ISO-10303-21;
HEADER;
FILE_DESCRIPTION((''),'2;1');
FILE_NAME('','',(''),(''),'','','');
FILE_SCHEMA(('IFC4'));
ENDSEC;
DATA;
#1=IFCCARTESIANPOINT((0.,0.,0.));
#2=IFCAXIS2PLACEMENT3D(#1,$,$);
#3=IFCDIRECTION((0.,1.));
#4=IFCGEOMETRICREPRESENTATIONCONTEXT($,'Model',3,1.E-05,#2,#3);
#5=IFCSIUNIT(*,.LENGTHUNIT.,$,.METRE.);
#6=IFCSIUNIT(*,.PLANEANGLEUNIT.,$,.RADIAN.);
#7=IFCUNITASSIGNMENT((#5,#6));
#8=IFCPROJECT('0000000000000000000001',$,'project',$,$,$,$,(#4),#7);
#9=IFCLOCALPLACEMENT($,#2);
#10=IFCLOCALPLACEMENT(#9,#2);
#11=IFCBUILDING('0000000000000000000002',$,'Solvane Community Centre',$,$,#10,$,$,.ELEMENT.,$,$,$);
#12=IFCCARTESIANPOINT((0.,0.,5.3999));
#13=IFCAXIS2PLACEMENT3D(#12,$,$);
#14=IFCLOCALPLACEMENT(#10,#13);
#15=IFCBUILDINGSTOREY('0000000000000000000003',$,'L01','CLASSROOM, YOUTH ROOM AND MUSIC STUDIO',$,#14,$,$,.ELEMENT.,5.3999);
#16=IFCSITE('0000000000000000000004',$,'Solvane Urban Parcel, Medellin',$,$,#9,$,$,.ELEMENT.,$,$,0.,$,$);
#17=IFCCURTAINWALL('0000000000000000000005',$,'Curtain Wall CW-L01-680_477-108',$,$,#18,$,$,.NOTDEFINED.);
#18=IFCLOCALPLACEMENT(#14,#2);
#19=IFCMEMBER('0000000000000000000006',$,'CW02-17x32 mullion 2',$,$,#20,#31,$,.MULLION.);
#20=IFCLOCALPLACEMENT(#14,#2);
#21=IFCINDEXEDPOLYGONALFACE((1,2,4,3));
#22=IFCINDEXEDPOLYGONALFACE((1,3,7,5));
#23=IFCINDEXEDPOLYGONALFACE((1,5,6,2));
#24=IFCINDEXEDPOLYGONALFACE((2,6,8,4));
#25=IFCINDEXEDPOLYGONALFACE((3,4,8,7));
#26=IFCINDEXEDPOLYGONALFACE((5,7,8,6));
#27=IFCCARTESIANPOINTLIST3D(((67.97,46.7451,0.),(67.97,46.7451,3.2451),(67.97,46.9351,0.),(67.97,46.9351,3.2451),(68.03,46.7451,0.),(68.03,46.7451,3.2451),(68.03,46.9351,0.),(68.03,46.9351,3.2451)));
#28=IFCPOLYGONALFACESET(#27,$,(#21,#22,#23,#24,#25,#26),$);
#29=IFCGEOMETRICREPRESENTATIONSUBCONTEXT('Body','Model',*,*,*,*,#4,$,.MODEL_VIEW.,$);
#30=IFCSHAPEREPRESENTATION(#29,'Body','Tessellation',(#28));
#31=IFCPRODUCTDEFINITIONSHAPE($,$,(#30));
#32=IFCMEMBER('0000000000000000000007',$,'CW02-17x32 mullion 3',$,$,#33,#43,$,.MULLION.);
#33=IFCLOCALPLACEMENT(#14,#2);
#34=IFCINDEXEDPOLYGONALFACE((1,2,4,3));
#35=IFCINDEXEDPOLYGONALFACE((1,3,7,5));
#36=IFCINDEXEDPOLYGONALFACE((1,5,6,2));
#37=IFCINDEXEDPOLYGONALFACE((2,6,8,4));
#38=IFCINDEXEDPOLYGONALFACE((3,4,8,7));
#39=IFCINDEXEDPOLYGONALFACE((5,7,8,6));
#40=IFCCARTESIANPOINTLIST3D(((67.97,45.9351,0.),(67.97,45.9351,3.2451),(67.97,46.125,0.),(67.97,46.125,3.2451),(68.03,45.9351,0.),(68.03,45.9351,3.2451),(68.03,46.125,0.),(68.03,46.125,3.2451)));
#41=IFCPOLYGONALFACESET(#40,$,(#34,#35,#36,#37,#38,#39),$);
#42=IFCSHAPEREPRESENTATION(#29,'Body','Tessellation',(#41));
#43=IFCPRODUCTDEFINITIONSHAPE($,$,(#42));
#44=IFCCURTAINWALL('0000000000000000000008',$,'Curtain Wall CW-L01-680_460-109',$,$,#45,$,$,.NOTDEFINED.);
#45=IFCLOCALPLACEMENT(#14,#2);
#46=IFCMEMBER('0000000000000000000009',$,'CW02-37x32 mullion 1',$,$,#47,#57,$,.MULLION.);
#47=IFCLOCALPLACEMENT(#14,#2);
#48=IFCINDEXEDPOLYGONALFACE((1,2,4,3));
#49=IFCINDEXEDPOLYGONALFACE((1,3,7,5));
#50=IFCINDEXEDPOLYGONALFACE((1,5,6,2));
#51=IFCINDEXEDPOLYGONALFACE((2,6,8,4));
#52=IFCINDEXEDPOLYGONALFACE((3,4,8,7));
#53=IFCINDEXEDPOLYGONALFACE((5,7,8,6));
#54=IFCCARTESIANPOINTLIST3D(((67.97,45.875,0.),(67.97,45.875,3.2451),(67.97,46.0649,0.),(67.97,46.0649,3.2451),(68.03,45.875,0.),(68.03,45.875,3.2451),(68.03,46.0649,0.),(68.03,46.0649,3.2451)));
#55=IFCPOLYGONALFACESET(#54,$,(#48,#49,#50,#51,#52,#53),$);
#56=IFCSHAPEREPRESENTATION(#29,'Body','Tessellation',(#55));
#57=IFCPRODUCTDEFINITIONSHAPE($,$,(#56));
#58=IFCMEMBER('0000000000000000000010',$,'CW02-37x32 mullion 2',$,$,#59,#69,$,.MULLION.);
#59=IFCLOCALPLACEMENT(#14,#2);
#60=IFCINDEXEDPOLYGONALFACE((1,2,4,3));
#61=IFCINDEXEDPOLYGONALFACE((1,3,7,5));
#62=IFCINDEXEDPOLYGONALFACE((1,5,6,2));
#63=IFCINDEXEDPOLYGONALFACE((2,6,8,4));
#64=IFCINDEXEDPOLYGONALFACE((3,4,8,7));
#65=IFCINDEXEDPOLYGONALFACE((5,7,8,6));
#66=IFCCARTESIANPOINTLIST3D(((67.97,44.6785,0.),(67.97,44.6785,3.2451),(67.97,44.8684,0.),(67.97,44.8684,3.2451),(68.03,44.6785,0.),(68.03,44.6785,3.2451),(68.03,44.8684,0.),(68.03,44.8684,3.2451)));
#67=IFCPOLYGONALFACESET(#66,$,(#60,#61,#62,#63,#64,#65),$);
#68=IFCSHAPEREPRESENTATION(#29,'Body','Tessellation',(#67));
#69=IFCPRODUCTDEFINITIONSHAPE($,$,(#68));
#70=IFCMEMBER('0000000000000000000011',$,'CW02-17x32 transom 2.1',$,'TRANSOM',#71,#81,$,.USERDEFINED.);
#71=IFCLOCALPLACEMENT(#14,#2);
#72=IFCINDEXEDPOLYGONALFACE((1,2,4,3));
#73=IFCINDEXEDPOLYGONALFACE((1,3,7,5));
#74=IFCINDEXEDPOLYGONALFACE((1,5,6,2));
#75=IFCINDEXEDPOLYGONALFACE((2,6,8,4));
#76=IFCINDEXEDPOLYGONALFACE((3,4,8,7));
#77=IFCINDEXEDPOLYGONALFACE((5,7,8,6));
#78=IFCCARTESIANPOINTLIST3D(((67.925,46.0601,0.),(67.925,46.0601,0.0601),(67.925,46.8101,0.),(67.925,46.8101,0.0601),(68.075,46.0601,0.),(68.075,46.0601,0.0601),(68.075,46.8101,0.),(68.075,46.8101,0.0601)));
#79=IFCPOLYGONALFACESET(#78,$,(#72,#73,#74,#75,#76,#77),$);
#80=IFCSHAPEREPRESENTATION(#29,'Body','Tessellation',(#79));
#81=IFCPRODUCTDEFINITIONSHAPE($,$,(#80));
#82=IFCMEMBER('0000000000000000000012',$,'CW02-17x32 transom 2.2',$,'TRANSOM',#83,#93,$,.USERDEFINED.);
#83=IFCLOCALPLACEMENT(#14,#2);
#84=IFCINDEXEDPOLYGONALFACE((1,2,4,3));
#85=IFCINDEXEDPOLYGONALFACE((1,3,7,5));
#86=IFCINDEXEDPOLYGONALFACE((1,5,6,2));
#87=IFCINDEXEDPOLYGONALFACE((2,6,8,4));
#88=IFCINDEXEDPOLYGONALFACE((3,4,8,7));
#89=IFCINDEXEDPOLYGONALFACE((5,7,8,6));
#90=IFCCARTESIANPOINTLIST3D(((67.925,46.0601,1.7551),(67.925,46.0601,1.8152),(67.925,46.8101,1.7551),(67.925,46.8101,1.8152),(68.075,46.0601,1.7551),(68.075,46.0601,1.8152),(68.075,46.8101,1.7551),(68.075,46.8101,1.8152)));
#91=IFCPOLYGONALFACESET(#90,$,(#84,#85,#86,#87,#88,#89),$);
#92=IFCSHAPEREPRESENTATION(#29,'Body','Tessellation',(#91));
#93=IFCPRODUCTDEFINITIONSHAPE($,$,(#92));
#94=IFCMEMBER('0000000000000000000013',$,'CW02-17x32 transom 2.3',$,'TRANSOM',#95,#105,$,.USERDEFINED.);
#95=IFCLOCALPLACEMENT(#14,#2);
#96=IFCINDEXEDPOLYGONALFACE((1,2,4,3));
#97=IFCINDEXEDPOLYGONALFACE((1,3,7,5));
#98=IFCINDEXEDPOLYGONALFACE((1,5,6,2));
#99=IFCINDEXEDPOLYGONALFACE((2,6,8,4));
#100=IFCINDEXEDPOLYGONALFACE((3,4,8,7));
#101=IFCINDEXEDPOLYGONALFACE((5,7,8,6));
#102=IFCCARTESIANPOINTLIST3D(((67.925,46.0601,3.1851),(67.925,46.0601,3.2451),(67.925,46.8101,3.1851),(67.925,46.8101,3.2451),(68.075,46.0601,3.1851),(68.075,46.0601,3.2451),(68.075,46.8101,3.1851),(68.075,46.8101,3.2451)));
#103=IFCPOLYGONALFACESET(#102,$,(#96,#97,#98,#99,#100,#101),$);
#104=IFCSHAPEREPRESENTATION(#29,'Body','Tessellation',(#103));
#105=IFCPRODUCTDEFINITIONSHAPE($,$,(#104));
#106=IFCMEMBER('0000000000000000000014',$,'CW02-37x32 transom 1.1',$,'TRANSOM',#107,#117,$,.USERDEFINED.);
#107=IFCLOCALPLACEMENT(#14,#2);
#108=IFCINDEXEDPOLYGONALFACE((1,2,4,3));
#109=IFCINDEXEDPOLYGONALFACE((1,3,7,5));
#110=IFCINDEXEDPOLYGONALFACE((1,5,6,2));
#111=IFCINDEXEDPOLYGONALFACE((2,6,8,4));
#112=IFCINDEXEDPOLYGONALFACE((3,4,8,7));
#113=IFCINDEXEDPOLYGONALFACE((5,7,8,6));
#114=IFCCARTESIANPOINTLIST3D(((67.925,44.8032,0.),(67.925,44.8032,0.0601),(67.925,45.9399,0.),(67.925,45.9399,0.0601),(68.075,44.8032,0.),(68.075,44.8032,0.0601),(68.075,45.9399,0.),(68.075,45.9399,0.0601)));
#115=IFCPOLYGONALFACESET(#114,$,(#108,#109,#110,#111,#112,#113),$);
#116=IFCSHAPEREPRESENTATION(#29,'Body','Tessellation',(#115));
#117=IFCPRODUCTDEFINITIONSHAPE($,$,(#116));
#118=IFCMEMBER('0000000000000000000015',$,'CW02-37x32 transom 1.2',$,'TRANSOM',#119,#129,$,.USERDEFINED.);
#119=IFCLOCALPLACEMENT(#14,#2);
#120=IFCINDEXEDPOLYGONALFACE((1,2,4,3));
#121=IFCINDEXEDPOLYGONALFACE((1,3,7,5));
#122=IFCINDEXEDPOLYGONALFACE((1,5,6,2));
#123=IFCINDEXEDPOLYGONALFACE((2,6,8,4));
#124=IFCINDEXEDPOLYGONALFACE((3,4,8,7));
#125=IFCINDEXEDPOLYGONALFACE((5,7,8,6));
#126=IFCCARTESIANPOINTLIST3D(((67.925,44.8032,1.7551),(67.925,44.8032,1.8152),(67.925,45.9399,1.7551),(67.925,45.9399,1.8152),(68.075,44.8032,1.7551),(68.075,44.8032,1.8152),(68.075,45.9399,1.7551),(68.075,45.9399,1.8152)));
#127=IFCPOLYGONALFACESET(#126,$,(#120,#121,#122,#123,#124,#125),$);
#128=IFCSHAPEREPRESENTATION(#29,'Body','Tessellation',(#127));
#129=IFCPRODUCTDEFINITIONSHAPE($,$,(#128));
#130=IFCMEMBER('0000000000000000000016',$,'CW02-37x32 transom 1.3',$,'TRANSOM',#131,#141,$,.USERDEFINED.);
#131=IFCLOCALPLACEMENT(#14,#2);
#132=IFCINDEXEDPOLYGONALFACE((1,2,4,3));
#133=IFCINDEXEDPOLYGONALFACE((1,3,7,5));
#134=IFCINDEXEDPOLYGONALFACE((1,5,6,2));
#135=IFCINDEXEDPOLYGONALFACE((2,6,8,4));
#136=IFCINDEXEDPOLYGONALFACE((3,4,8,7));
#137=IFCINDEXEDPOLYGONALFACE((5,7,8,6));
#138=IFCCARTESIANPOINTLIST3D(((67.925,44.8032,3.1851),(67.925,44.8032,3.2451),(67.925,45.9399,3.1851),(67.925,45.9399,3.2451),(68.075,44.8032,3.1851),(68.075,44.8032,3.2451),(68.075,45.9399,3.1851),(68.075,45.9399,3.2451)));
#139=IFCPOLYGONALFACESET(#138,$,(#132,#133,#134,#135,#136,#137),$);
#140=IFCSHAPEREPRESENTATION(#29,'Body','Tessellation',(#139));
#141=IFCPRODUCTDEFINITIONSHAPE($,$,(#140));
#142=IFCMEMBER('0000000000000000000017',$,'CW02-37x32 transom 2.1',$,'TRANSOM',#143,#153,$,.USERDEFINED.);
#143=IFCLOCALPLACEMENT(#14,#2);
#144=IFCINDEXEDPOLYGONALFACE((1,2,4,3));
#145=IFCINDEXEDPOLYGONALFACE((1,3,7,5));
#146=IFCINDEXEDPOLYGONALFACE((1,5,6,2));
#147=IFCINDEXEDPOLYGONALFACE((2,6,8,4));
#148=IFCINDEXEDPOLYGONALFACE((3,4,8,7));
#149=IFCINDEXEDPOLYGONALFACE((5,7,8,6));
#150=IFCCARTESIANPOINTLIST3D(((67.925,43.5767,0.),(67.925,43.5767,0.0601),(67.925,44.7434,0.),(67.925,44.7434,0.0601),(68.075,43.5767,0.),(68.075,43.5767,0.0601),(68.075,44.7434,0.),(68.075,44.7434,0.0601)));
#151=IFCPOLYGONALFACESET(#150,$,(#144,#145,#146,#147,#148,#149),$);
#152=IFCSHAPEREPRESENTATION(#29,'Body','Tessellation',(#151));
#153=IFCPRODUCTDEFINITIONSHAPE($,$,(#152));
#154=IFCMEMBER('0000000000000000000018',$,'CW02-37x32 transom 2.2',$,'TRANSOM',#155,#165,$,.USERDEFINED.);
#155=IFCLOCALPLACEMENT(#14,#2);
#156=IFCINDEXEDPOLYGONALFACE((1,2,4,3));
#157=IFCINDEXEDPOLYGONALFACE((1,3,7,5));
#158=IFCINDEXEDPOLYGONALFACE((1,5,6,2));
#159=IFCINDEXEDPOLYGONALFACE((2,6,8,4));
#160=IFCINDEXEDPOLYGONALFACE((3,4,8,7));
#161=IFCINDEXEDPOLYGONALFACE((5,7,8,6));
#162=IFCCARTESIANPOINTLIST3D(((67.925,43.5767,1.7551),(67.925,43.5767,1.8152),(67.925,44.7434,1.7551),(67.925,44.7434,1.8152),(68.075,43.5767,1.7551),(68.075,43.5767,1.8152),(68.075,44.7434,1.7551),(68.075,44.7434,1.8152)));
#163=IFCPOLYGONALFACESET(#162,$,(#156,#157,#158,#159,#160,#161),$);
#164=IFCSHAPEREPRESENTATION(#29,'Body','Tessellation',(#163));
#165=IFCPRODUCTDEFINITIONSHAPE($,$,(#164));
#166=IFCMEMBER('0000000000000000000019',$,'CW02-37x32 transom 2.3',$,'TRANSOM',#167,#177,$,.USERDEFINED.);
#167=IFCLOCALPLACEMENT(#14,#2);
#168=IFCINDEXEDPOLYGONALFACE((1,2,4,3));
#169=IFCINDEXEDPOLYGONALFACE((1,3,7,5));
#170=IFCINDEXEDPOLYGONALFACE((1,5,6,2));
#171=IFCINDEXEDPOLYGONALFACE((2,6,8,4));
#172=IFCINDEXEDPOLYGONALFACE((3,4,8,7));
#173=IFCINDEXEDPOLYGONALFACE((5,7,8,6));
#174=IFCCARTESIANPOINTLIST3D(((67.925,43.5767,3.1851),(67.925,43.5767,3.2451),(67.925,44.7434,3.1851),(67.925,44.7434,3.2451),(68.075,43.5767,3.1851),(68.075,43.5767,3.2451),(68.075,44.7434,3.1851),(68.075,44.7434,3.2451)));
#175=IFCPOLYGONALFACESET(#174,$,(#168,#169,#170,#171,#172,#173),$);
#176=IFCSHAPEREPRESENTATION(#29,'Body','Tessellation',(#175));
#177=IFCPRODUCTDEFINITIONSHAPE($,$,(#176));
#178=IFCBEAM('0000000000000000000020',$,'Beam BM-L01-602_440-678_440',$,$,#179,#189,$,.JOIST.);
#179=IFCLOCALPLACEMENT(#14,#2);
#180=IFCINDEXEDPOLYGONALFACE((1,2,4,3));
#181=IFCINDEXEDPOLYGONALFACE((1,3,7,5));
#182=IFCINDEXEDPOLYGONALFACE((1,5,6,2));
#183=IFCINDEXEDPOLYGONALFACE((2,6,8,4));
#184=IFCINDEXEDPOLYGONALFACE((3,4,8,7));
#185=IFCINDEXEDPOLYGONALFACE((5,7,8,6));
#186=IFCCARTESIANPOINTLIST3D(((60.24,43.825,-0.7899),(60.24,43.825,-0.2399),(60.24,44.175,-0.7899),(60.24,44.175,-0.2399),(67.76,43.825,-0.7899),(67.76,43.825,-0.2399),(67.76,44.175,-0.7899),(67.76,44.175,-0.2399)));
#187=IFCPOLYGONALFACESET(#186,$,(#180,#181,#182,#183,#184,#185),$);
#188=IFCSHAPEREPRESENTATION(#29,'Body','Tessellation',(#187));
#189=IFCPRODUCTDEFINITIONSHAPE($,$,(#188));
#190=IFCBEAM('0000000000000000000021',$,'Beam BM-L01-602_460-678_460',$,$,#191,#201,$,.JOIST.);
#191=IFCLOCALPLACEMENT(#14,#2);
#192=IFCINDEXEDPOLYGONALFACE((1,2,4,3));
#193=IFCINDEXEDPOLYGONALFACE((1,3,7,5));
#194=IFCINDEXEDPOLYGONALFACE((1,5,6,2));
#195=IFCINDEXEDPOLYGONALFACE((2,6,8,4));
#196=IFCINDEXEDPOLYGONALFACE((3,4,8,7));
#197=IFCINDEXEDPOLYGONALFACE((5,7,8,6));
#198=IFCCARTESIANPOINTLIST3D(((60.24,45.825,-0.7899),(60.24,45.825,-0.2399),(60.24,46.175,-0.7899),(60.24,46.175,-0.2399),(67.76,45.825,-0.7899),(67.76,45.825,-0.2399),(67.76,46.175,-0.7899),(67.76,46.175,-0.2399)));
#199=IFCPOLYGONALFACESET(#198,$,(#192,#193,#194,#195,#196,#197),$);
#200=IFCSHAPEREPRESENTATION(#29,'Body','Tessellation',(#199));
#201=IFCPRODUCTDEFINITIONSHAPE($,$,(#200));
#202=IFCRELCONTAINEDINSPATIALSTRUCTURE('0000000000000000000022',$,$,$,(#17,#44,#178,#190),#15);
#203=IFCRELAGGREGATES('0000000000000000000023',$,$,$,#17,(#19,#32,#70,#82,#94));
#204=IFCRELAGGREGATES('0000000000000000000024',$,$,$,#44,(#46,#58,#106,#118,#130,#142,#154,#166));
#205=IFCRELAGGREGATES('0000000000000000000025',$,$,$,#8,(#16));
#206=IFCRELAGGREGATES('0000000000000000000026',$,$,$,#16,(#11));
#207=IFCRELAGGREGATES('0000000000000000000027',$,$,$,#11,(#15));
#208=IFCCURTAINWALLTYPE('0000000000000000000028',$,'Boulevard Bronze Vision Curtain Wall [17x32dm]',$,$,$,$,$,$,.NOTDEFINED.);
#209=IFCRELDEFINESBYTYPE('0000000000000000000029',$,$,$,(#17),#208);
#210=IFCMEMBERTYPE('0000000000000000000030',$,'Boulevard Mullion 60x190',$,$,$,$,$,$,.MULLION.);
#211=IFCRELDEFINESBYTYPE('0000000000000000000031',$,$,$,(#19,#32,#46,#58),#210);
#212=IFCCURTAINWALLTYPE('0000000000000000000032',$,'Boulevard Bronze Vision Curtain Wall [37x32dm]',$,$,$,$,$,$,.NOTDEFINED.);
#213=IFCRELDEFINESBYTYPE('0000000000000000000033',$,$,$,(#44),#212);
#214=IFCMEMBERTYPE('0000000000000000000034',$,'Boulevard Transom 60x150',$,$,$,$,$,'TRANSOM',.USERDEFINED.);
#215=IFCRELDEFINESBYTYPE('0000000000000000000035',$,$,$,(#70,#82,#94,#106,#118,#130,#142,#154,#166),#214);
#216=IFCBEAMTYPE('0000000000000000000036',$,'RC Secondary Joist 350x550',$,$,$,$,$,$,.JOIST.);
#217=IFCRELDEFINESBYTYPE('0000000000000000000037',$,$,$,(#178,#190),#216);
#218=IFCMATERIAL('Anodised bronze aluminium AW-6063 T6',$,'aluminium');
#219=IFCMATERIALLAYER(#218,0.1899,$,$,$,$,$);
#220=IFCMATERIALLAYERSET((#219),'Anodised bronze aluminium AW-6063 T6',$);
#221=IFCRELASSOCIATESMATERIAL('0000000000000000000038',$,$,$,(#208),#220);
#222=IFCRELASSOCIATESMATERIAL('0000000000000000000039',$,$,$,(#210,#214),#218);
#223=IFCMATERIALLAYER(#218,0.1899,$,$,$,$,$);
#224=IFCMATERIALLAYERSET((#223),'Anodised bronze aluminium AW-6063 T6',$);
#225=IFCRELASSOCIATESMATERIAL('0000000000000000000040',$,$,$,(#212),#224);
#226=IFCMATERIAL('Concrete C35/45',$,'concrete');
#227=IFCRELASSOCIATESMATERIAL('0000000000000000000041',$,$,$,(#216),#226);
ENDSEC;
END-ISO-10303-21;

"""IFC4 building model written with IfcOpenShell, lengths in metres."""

from ifc_helpers import new_model, si_unit, direction, frame, origin, origin_2d, place, context, subcontext, project, spatial, rectangle, extrude, material, layer, layer_set, material_profile, profile_set, type_object, element, aggregate, save


model = new_model("IFC4")

# Units and contexts
model_context = context("Model", 3, precision=1e-05, world=origin(), true_north=direction((0.0, 1.0)))
body_context = subcontext(model_context, "Body", "Model", "MODEL_VIEW")
ifc_project = project(units=[si_unit("LENGTHUNIT", "METRE"), si_unit("PLANEANGLEUNIT", "RADIAN")], contexts=[model_context])

# Site, building, storey
site_placement = place(None, origin())
site = spatial("IfcSite", under=ifc_project, at=site_placement, Name="Solvane Urban Parcel, Medellin", CompositionType="ELEMENT", RefElevation=0.0)
building_placement = place(site_placement, origin())
building = spatial("IfcBuilding", under=site, at=building_placement, Name="Solvane Community Centre", CompositionType="ELEMENT")
storey_placement = place(building_placement, frame((0.0, 0.0, 5.3999)))
storey = spatial("IfcBuildingStorey", under=building, at=storey_placement, Name="L01", Description="CLASSROOM, YOUTH ROOM AND MUSIC STUDIO", CompositionType="ELEMENT", Elevation=5.3999)

# Curtain walls, members
ifc_material_1 = material(Name="Anodised bronze aluminium AW-6063 T6", Category="aluminium")
ifc_layer_1 = layer(ifc_material_1, 0.1899)
ifc_layer_set_1 = layer_set([ifc_layer_1], Name="Anodised bronze aluminium AW-6063 T6")
curtain_wall_type_1 = type_object("IfcCurtainWallType", Name="Boulevard Bronze Vision Curtain Wall [17x32dm]", PredefinedType="NOTDEFINED", material=ifc_layer_set_1)
curtain_wall_1_placement = place(storey_placement, origin())
curtain_wall_1 = element("IfcCurtainWall", 1, at=curtain_wall_1_placement, inside=storey, type_object=curtain_wall_type_1, Name="Curtain Wall CW-L01-680_477-108", PredefinedType="NOTDEFINED")
ifc_material_profile_1 = material_profile(ifc_material_1, rectangle(XDim=0.0601, YDim=0.1899, at=origin_2d()), Name="CW-M 60x190")
ifc_profile_set_1 = profile_set([ifc_material_profile_1], Name="Anodised bronze aluminium AW-6063 T6")
member_type_1 = type_object("IfcMemberType", Name="Boulevard Mullion 60x190", PredefinedType="MULLION", material=ifc_profile_set_1)
member_1_placement = place(storey_placement, frame((68.0, 46.8401, 0.0), z_axis=(0.0, 0.0, 1.0), x_axis=(1.0, 0.0, 0.0)))
member_1 = element("IfcMember", 2, at=member_1_placement, type_object=member_type_1, Name="CW02-17x32 mullion 2", PredefinedType="MULLION", context=body_context, shape_type="SweptSolid", body=[
    extrude(rectangle(XDim=0.0601, YDim=0.1899, at=origin_2d()), origin(), (0.0, 0.0, 1.0), 3.2451),
])
member_2_placement = place(storey_placement, frame((68.0, 46.03, 0.0), z_axis=(0.0, 0.0, 1.0), x_axis=(1.0, 0.0, 0.0)))
member_2 = element("IfcMember", 3, at=member_2_placement, type_object=member_type_1, Name="CW02-17x32 mullion 3", PredefinedType="MULLION", context=body_context, shape_type="SweptSolid", body=[
    extrude(rectangle(XDim=0.0601, YDim=0.1899, at=origin_2d()), origin(), (0.0, 0.0, 1.0), 3.2451),
])
ifc_layer_2 = layer(ifc_material_1, 0.1899)
ifc_layer_set_2 = layer_set([ifc_layer_2], Name="Anodised bronze aluminium AW-6063 T6")
curtain_wall_type_2 = type_object("IfcCurtainWallType", Name="Boulevard Bronze Vision Curtain Wall [37x32dm]", PredefinedType="NOTDEFINED", material=ifc_layer_set_2)
curtain_wall_2_placement = place(storey_placement, origin())
curtain_wall_2 = element("IfcCurtainWall", 4, at=curtain_wall_2_placement, inside=storey, type_object=curtain_wall_type_2, Name="Curtain Wall CW-L01-680_460-109", PredefinedType="NOTDEFINED")
member_3_placement = place(storey_placement, frame((68.0, 45.97, 0.0), z_axis=(0.0, 0.0, 1.0), x_axis=(1.0, 0.0, 0.0)))
member_3 = element("IfcMember", 5, at=member_3_placement, type_object=member_type_1, Name="CW02-37x32 mullion 1", PredefinedType="MULLION", context=body_context, shape_type="SweptSolid", body=[
    extrude(rectangle(XDim=0.0601, YDim=0.1899, at=origin_2d()), origin(), (0.0, 0.0, 1.0), 3.2451),
])
member_4_placement = place(storey_placement, frame((68.0, 44.7734, 0.0), z_axis=(0.0, 0.0, 1.0), x_axis=(1.0, 0.0, 0.0)))
member_4 = element("IfcMember", 6, at=member_4_placement, type_object=member_type_1, Name="CW02-37x32 mullion 2", PredefinedType="MULLION", context=body_context, shape_type="SweptSolid", body=[
    extrude(rectangle(XDim=0.0601, YDim=0.1899, at=origin_2d()), origin(), (0.0, 0.0, 1.0), 3.2451),
])

# Members
ifc_material_profile_2 = material_profile(ifc_material_1, rectangle(XDim=0.1499, YDim=0.0601, at=origin_2d()), Name="CW-T 60x150")
ifc_profile_set_2 = profile_set([ifc_material_profile_2], Name="Anodised bronze aluminium AW-6063 T6")
member_type_2 = type_object("IfcMemberType", Name="Boulevard Transom 60x150", ElementType="TRANSOM", PredefinedType="USERDEFINED", material=ifc_profile_set_2)
member_5_placement = place(storey_placement, frame((68.0, 46.8101, 0.03), z_axis=(0.0, -1.0, 0.0), x_axis=(1.0, 0.0, 0.0)))
member_5 = element("IfcMember", 7, at=member_5_placement, type_object=member_type_2, Name="CW02-17x32 transom 2.1", ObjectType="TRANSOM", PredefinedType="USERDEFINED", context=body_context, shape_type="SweptSolid", body=[
    extrude(rectangle(XDim=0.1499, YDim=0.0601, at=origin_2d()), origin(), (0.0, 0.0, 1.0), 0.75),
])
member_6_placement = place(storey_placement, frame((68.0, 46.8101, 1.7852), z_axis=(0.0, -1.0, 0.0), x_axis=(1.0, 0.0, 0.0)))
member_6 = element("IfcMember", 8, at=member_6_placement, type_object=member_type_2, Name="CW02-17x32 transom 2.2", ObjectType="TRANSOM", PredefinedType="USERDEFINED", context=body_context, shape_type="SweptSolid", body=[
    extrude(rectangle(XDim=0.1499, YDim=0.0601, at=origin_2d()), origin(), (0.0, 0.0, 1.0), 0.75),
])
member_7_placement = place(storey_placement, frame((68.0, 46.8101, 3.2151), z_axis=(0.0, -1.0, 0.0), x_axis=(1.0, 0.0, 0.0)))
member_7 = element("IfcMember", 9, at=member_7_placement, type_object=member_type_2, Name="CW02-17x32 transom 2.3", ObjectType="TRANSOM", PredefinedType="USERDEFINED", context=body_context, shape_type="SweptSolid", body=[
    extrude(rectangle(XDim=0.1499, YDim=0.0601, at=origin_2d()), origin(), (0.0, 0.0, 1.0), 0.75),
])
member_8_placement = place(storey_placement, frame((68.0, 45.9399, 0.03), z_axis=(0.0, -1.0, 0.0), x_axis=(1.0, 0.0, 0.0)))
member_8 = element("IfcMember", 10, at=member_8_placement, type_object=member_type_2, Name="CW02-37x32 transom 1.1", ObjectType="TRANSOM", PredefinedType="USERDEFINED", context=body_context, shape_type="SweptSolid", body=[
    extrude(rectangle(XDim=0.1499, YDim=0.0601, at=origin_2d()), origin(), (0.0, 0.0, 1.0), 1.1367),
])
member_9_placement = place(storey_placement, frame((68.0, 45.9399, 1.7852), z_axis=(0.0, -1.0, 0.0), x_axis=(1.0, 0.0, 0.0)))
member_9 = element("IfcMember", 11, at=member_9_placement, type_object=member_type_2, Name="CW02-37x32 transom 1.2", ObjectType="TRANSOM", PredefinedType="USERDEFINED", context=body_context, shape_type="SweptSolid", body=[
    extrude(rectangle(XDim=0.1499, YDim=0.0601, at=origin_2d()), origin(), (0.0, 0.0, 1.0), 1.1367),
])
member_10_placement = place(storey_placement, frame((68.0, 45.9399, 3.2151), z_axis=(0.0, -1.0, 0.0), x_axis=(1.0, 0.0, 0.0)))
member_10 = element("IfcMember", 12, at=member_10_placement, type_object=member_type_2, Name="CW02-37x32 transom 1.3", ObjectType="TRANSOM", PredefinedType="USERDEFINED", context=body_context, shape_type="SweptSolid", body=[
    extrude(rectangle(XDim=0.1499, YDim=0.0601, at=origin_2d()), origin(), (0.0, 0.0, 1.0), 1.1367),
])
member_11_placement = place(storey_placement, frame((68.0, 44.7434, 0.03), z_axis=(0.0, -1.0, 0.0), x_axis=(1.0, 0.0, 0.0)))
member_11 = element("IfcMember", 13, at=member_11_placement, type_object=member_type_2, Name="CW02-37x32 transom 2.1", ObjectType="TRANSOM", PredefinedType="USERDEFINED", context=body_context, shape_type="SweptSolid", body=[
    extrude(rectangle(XDim=0.1499, YDim=0.0601, at=origin_2d()), origin(), (0.0, 0.0, 1.0), 1.1667),
])
member_12_placement = place(storey_placement, frame((68.0, 44.7434, 1.7852), z_axis=(0.0, -1.0, 0.0), x_axis=(1.0, 0.0, 0.0)))
member_12 = element("IfcMember", 14, at=member_12_placement, type_object=member_type_2, Name="CW02-37x32 transom 2.2", ObjectType="TRANSOM", PredefinedType="USERDEFINED", context=body_context, shape_type="SweptSolid", body=[
    extrude(rectangle(XDim=0.1499, YDim=0.0601, at=origin_2d()), origin(), (0.0, 0.0, 1.0), 1.1667),
])
member_13_placement = place(storey_placement, frame((68.0, 44.7434, 3.2151), z_axis=(0.0, -1.0, 0.0), x_axis=(1.0, 0.0, 0.0)))
member_13 = element("IfcMember", 15, at=member_13_placement, type_object=member_type_2, Name="CW02-37x32 transom 2.3", ObjectType="TRANSOM", PredefinedType="USERDEFINED", context=body_context, shape_type="SweptSolid", body=[
    extrude(rectangle(XDim=0.1499, YDim=0.0601, at=origin_2d()), origin(), (0.0, 0.0, 1.0), 1.1667),
])

# Beams
ifc_material_2 = material(Name="Concrete C35/45", Category="concrete")
ifc_material_profile_3 = material_profile(ifc_material_2, rectangle(XDim=0.3501, YDim=0.55, at=origin_2d()), Name="RC 350x550")
ifc_profile_set_3 = profile_set([ifc_material_profile_3], Name="Concrete C35/45")
beam_type = type_object("IfcBeamType", Name="RC Secondary Joist 350x550", PredefinedType="JOIST", material=ifc_profile_set_3)
for number, where, z_axis, x_axis, name in (
    (16, (60.24, 44.0, -0.5149), (1.0, 0.0, 0.0), (0.0, 1.0, 0.0), "Beam BM-L01-602_440-678_440"),
    (17, (60.24, 46.0, -0.5149), (1.0, 0.0, 0.0), (0.0, 1.0, 0.0), "Beam BM-L01-602_460-678_460"),
):
    element("IfcBeam", number, at=place(storey_placement, frame(where, z_axis=z_axis, x_axis=x_axis)), inside=storey, type_object=beam_type, Name=name, PredefinedType="JOIST", context=body_context, shape_type="SweptSolid", body=[
        extrude(rectangle(XDim=0.3501, YDim=0.55, at=origin_2d()), origin(), (0.0, 0.0, 1.0), 7.52),
    ])

aggregate(curtain_wall_1, [member_1, member_2, member_5, member_6, member_7])
aggregate(curtain_wall_2, [member_3, member_4, member_8, member_9, member_10, member_11, member_12, member_13])

save(model, "model.ifc")
